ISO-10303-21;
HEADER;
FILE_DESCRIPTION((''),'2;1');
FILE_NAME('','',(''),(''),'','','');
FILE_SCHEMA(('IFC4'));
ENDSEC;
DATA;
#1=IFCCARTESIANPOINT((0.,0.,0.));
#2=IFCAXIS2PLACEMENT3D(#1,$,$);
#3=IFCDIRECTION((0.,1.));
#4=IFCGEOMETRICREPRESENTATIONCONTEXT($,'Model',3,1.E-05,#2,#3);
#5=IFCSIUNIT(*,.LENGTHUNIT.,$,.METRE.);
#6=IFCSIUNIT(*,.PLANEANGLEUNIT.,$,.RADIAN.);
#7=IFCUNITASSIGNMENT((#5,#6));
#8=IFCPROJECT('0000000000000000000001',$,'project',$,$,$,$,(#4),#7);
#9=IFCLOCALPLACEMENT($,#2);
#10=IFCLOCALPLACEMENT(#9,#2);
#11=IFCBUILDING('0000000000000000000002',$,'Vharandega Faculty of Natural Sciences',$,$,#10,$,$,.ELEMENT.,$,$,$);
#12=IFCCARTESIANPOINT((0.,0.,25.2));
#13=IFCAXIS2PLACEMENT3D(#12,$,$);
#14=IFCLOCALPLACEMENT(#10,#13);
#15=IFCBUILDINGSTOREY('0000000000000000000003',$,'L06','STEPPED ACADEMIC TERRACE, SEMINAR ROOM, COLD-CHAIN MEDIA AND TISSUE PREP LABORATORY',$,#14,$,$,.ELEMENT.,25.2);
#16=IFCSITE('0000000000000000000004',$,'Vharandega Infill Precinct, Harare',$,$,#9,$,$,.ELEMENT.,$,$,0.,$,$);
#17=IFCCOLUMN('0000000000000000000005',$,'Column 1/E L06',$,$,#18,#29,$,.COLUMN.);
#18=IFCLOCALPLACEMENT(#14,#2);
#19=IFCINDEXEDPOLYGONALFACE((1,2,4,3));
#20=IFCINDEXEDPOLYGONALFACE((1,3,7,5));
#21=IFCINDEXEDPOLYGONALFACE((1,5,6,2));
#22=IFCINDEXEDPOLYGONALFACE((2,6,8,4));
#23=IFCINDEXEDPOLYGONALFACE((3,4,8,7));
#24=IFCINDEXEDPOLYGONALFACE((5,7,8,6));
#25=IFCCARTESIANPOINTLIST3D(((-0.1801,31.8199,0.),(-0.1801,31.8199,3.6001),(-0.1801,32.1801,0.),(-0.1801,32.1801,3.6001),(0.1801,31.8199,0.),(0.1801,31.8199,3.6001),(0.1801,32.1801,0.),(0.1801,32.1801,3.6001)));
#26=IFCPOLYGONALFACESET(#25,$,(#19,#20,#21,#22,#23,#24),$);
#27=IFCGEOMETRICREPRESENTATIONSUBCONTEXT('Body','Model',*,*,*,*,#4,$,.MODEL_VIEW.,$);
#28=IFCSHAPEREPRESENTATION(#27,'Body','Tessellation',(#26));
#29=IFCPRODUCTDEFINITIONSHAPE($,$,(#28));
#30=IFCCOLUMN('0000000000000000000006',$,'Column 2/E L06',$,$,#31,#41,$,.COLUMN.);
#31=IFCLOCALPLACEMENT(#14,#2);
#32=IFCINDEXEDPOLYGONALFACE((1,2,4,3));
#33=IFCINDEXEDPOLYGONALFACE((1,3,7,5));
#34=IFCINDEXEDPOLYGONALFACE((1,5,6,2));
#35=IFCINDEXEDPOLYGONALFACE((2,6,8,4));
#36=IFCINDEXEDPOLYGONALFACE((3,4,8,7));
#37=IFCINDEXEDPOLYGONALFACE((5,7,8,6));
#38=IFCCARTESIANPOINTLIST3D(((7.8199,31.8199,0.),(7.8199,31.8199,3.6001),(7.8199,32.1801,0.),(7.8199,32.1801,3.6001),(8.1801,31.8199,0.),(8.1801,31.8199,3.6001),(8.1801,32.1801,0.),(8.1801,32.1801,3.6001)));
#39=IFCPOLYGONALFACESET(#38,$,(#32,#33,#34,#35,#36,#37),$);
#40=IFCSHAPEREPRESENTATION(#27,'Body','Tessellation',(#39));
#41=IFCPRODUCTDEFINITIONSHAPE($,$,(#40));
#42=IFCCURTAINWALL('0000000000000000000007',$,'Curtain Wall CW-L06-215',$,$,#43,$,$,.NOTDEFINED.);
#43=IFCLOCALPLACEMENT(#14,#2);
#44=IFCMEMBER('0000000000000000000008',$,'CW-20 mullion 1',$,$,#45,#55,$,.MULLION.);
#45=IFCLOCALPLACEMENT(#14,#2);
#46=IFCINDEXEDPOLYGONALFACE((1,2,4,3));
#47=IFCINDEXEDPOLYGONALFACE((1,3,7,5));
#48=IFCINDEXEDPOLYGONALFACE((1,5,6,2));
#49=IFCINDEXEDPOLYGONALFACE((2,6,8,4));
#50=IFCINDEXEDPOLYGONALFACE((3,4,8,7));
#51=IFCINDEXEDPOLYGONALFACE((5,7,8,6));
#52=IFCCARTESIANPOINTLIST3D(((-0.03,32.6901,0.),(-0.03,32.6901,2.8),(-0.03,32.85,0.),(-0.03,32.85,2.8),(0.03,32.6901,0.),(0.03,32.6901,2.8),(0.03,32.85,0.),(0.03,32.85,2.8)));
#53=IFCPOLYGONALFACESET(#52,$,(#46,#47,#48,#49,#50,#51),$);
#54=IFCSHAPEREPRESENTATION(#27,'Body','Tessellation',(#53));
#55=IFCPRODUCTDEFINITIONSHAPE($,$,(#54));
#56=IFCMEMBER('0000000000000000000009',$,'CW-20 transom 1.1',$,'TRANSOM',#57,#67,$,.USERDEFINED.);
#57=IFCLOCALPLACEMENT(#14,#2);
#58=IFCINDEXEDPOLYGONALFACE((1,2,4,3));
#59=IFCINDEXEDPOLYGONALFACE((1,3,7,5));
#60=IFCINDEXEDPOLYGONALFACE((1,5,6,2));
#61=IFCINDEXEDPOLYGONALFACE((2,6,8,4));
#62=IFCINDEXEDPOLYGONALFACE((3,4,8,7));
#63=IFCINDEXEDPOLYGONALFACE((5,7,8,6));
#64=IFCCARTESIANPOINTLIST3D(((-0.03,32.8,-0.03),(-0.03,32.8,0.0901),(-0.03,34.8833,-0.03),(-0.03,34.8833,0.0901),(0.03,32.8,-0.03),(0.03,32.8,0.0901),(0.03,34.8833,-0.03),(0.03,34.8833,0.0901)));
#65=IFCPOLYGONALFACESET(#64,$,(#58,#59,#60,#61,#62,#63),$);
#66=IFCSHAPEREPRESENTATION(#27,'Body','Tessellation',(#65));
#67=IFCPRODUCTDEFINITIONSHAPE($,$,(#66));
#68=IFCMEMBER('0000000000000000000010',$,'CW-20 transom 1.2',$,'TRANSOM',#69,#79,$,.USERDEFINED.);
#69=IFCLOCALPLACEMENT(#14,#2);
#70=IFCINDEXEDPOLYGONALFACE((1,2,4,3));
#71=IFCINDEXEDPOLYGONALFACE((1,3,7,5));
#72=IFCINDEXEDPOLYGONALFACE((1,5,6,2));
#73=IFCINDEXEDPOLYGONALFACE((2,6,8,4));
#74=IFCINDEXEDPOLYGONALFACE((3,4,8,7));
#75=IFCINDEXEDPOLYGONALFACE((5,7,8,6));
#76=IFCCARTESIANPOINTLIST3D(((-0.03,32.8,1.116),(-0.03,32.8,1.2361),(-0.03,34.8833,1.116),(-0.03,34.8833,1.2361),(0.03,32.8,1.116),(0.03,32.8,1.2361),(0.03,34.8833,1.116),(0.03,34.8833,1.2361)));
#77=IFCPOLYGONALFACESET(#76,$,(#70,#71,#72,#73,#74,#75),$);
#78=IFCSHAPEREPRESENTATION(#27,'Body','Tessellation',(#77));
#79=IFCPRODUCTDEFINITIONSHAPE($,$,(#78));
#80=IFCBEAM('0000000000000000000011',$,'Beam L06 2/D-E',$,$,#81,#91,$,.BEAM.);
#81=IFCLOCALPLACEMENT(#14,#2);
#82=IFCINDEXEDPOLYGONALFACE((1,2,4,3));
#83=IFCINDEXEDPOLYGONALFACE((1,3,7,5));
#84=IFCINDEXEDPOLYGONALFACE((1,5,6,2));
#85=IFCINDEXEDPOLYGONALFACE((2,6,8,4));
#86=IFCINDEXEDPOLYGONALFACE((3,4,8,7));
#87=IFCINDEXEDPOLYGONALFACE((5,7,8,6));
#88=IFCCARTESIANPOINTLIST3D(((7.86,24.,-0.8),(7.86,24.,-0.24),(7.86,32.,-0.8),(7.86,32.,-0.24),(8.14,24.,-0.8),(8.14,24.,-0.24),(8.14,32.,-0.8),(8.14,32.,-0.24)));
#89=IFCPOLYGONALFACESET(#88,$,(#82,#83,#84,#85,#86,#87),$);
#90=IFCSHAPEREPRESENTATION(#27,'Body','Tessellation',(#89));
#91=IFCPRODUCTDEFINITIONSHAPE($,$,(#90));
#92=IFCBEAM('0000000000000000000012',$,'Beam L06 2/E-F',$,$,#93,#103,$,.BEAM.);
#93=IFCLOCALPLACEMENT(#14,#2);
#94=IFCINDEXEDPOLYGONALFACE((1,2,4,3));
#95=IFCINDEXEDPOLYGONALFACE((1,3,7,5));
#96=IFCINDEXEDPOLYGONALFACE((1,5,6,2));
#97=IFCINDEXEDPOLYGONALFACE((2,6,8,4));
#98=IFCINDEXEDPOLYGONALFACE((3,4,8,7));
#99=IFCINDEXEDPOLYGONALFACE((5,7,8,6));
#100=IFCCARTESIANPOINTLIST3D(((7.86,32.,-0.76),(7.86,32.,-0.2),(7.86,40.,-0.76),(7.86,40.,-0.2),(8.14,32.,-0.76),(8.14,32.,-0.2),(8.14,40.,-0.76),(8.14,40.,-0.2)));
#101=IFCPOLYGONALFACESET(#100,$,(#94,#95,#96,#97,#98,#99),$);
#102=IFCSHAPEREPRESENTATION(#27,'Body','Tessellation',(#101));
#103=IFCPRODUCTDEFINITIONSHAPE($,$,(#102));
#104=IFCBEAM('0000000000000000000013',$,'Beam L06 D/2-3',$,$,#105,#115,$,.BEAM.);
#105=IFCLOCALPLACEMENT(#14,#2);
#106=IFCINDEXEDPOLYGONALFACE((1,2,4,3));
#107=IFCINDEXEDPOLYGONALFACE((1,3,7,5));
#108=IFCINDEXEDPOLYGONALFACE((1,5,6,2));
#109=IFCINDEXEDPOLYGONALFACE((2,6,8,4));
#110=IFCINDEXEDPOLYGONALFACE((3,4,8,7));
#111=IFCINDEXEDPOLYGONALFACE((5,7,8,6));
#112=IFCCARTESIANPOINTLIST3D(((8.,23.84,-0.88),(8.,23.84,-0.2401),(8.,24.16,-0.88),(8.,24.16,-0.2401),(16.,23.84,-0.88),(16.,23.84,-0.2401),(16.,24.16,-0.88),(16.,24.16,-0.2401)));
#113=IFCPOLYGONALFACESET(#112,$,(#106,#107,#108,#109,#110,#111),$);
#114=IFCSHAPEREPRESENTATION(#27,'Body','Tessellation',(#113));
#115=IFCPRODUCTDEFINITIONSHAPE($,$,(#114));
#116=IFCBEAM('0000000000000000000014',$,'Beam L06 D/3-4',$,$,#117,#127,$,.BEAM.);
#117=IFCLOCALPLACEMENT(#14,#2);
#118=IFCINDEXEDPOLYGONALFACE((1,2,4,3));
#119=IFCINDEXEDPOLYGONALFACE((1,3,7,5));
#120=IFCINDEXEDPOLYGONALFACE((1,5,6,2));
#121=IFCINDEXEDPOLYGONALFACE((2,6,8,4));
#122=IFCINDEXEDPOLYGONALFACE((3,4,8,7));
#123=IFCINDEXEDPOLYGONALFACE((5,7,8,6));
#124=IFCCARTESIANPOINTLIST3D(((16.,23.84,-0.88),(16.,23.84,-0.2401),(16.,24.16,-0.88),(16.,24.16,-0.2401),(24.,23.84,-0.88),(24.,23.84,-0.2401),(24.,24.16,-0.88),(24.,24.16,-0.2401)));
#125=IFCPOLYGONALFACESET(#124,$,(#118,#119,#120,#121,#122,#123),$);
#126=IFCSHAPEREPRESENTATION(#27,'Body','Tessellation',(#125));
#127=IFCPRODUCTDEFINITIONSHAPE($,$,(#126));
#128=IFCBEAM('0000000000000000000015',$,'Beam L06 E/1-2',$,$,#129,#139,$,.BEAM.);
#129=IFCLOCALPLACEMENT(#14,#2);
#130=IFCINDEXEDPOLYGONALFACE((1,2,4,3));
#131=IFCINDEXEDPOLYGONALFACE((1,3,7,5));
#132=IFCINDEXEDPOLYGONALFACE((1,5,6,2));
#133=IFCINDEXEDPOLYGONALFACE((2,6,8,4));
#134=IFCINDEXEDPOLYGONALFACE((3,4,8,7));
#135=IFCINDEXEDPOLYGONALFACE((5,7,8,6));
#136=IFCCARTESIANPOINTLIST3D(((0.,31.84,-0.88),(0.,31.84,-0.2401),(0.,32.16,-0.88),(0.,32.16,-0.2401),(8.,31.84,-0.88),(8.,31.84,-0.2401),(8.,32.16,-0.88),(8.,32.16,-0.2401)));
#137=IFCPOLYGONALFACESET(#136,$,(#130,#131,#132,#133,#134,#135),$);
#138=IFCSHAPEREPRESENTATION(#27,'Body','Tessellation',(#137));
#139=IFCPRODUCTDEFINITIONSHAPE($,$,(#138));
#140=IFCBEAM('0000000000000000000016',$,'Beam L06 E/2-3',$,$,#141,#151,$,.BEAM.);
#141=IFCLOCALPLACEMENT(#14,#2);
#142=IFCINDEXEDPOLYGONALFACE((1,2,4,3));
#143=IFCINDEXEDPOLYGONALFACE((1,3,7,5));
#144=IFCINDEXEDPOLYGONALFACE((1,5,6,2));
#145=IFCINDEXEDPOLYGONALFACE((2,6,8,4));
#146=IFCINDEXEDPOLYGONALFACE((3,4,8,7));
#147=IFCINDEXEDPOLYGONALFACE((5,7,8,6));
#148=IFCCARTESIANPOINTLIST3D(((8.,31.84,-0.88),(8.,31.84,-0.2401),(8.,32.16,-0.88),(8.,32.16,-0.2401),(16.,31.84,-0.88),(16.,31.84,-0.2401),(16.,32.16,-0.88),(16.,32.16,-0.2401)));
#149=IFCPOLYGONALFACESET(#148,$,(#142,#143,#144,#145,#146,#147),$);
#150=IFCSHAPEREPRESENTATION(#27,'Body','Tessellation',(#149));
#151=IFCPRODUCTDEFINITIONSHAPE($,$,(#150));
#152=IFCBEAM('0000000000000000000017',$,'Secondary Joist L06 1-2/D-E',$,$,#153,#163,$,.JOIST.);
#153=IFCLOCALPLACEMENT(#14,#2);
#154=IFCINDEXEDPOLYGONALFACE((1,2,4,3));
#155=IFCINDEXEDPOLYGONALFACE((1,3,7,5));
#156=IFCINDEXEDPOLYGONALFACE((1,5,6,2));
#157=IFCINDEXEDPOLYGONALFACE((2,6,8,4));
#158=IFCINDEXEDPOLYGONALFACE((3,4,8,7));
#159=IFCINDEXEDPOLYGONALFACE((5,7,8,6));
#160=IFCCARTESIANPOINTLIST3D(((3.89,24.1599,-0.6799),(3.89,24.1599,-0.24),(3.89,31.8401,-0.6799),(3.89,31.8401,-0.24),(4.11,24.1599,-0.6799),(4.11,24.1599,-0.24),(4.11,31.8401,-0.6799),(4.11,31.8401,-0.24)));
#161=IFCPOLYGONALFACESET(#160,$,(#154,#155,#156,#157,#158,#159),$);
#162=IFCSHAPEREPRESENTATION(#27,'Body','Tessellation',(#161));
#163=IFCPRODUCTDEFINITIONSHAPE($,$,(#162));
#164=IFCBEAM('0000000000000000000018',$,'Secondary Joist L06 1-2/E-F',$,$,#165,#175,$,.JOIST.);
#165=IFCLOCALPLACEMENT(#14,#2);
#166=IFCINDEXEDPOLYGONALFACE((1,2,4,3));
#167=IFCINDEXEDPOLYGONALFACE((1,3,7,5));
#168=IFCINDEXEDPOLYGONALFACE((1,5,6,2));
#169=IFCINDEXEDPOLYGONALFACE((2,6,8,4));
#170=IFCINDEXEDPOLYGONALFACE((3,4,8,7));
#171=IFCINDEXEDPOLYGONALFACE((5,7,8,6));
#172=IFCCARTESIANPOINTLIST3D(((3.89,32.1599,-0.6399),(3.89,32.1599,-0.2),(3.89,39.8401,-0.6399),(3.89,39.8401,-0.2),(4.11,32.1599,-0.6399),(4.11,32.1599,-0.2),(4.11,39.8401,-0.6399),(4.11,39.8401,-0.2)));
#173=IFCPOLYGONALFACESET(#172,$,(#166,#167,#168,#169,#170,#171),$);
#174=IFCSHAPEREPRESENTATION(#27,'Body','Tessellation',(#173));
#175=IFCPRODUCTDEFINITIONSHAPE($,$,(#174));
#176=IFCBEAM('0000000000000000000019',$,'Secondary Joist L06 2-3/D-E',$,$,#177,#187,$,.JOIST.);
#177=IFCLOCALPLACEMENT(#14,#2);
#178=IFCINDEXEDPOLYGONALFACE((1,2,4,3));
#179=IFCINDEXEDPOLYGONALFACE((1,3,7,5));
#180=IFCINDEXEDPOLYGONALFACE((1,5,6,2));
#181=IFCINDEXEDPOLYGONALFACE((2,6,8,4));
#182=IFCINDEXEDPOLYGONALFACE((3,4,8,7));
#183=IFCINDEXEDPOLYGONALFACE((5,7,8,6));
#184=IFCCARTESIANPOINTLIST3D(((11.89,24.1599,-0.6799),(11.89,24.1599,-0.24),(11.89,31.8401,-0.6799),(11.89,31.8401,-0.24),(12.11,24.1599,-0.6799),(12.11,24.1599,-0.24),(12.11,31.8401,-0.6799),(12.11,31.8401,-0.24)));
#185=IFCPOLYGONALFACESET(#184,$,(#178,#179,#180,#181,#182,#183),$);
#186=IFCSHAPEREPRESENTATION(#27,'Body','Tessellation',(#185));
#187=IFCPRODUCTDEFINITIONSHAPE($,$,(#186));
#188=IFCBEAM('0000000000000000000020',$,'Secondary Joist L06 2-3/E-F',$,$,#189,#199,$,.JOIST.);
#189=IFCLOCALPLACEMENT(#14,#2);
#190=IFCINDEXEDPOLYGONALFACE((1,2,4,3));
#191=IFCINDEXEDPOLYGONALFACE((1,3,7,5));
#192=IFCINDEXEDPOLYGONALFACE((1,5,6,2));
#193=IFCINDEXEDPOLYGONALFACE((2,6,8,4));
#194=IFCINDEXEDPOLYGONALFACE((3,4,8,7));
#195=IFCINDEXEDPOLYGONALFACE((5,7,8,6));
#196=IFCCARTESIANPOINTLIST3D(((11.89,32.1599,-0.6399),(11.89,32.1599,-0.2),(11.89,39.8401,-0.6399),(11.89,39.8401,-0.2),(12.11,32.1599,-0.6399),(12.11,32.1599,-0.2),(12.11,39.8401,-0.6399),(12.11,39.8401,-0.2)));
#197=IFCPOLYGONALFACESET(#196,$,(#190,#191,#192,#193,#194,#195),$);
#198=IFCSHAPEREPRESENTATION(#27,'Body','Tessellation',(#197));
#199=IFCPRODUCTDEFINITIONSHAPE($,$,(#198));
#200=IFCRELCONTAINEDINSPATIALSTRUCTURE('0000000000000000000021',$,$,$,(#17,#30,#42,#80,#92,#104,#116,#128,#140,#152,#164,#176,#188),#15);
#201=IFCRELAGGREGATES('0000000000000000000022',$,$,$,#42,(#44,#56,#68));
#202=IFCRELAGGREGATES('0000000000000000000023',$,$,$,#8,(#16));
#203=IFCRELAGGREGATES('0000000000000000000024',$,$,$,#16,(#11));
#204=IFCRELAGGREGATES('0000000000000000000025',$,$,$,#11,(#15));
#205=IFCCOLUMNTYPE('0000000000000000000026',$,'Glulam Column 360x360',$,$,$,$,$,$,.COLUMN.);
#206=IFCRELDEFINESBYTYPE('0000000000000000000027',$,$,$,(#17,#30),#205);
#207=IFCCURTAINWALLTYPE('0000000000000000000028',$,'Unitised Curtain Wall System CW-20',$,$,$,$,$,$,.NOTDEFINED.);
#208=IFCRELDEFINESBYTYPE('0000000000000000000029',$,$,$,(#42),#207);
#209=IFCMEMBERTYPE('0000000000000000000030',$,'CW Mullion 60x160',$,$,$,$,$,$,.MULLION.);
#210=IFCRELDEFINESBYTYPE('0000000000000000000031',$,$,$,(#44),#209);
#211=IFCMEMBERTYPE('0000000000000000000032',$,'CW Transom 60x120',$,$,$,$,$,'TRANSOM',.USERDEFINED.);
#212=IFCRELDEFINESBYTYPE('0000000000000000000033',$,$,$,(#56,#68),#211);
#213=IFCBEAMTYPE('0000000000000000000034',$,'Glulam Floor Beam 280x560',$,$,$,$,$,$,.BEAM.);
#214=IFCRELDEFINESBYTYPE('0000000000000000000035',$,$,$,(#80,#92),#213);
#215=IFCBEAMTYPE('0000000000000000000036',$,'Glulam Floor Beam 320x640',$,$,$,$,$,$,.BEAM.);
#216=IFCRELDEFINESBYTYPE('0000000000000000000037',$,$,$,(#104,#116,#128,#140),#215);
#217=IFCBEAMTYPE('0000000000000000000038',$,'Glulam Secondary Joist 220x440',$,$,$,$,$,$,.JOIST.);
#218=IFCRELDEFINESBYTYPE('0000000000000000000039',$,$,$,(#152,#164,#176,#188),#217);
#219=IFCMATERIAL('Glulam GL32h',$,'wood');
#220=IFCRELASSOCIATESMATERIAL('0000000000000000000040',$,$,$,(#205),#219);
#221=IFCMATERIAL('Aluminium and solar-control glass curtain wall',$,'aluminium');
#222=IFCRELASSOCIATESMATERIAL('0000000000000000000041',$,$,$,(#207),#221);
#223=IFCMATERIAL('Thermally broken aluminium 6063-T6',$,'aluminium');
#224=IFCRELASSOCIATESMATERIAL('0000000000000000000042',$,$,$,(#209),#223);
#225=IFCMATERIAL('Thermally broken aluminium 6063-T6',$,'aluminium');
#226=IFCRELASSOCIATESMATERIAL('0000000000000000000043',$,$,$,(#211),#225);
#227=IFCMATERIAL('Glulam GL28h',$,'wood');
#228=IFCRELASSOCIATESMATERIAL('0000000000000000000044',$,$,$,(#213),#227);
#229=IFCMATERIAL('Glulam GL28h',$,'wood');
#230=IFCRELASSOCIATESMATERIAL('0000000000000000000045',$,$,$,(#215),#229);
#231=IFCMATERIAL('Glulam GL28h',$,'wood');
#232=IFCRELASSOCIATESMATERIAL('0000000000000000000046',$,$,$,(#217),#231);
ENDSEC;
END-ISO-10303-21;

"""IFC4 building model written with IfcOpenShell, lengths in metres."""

from ifc_helpers import new_model, si_unit, direction, frame, origin, origin_2d, place, context, subcontext, project, spatial, rectangle, extrude, material, material_profile, profile_set, type_object, element, aggregate, save


model = new_model("IFC4")

# Units and contexts
model_context = context("Model", 3, precision=1e-05, world=origin(), true_north=direction((0.0, 1.0)))
body_context = subcontext(model_context, "Body", "Model", "MODEL_VIEW")
ifc_project = project(units=[si_unit("LENGTHUNIT", "METRE"), si_unit("PLANEANGLEUNIT", "RADIAN")], contexts=[model_context])

# Site, building, storey
site_placement = place(None, origin())
site = spatial("IfcSite", under=ifc_project, at=site_placement, Name="Vharandega Infill Precinct, Harare", CompositionType="ELEMENT", RefElevation=0.0)
building_placement = place(site_placement, origin())
building = spatial("IfcBuilding", under=site, at=building_placement, Name="Vharandega Faculty of Natural Sciences", CompositionType="ELEMENT")
storey_placement = place(building_placement, frame((0.0, 0.0, 25.2)))
storey = spatial("IfcBuildingStorey", under=building, at=storey_placement, Name="L06", Description="STEPPED ACADEMIC TERRACE, SEMINAR ROOM, COLD-CHAIN MEDIA AND TISSUE PREP LABORATORY", CompositionType="ELEMENT", Elevation=25.2)

# Columns
ifc_material_1 = material(Name="Glulam GL32h", Category="wood")
ifc_material_profile_1 = material_profile(ifc_material_1, rectangle(XDim=0.3601, YDim=0.3601, at=origin_2d()), Name="GL32h 360x360")
ifc_profile_set_1 = profile_set([ifc_material_profile_1], Name="Glulam GL32h")
column_type = type_object("IfcColumnType", Name="Glulam Column 360x360", PredefinedType="COLUMN", material=ifc_profile_set_1)
for number, where, z_axis, x_axis, name in (
    (1, (0.0, 32.0, 0.0), (0.0, 0.0, 1.0), (1.0, 0.0, 0.0), "Column 1/E L06"),
    (2, (8.0, 32.0, 0.0), (0.0, 0.0, 1.0), (1.0, 0.0, 0.0), "Column 2/E L06"),
):
    element("IfcColumn", number, at=place(storey_placement, frame(where, z_axis=z_axis, x_axis=x_axis)), inside=storey, type_object=column_type, Name=name, PredefinedType="COLUMN", context=body_context, shape_type="SweptSolid", body=[
        extrude(rectangle(XDim=0.3601, YDim=0.3601, at=origin_2d()), origin(), (0.0, 0.0, 1.0), 3.6001),
    ])

# Curtain wall, members
ifc_material_2 = material(Name="Aluminium and solar-control glass curtain wall", Category="aluminium")
curtain_wall_type = type_object("IfcCurtainWallType", Name="Unitised Curtain Wall System CW-20", PredefinedType="NOTDEFINED", material=ifc_material_2)
curtain_wall_placement = place(storey_placement, origin())
curtain_wall = element("IfcCurtainWall", 3, at=curtain_wall_placement, inside=storey, type_object=curtain_wall_type, Name="Curtain Wall CW-L06-215", PredefinedType="NOTDEFINED")
ifc_material_3 = material(Name="Thermally broken aluminium 6063-T6", Category="aluminium")
ifc_material_profile_2 = material_profile(ifc_material_3, rectangle(XDim=0.0601, YDim=0.1599, at=origin_2d()), Name="ALU 60x160")
ifc_profile_set_2 = profile_set([ifc_material_profile_2], Name="Thermally broken aluminium 6063-T6")
member_type_1 = type_object("IfcMemberType", Name="CW Mullion 60x160", PredefinedType="MULLION", material=ifc_profile_set_2)
member_1_placement = place(storey_placement, frame((0.0, 32.77, 0.0), z_axis=(0.0, 0.0, 1.0), x_axis=(-1.0, 0.0, 0.0)))
member_1 = element("IfcMember", 4, at=member_1_placement, type_object=member_type_1, Name="CW-20 mullion 1", PredefinedType="MULLION", context=body_context, shape_type="SweptSolid", body=[
    extrude(rectangle(XDim=0.0601, YDim=0.1599, at=origin_2d()), origin(), (0.0, 0.0, 1.0), 2.8),
])
ifc_material_4 = material(Name="Thermally broken aluminium 6063-T6", Category="aluminium")
ifc_material_profile_3 = material_profile(ifc_material_4, rectangle(XDim=0.0601, YDim=0.1201, at=origin_2d()), Name="ALU 60x120")
ifc_profile_set_3 = profile_set([ifc_material_profile_3], Name="Thermally broken aluminium 6063-T6")
member_type_2 = type_object("IfcMemberType", Name="CW Transom 60x120", ElementType="TRANSOM", PredefinedType="USERDEFINED", material=ifc_profile_set_3)
member_2_placement = place(storey_placement, frame((0.0, 32.8, 0.03), z_axis=(0.0, 1.0, 0.0), x_axis=(-1.0, 0.0, 0.0)))
member_2 = element("IfcMember", 5, at=member_2_placement, type_object=member_type_2, Name="CW-20 transom 1.1", ObjectType="TRANSOM", PredefinedType="USERDEFINED", context=body_context, shape_type="SweptSolid", body=[
    extrude(rectangle(XDim=0.0601, YDim=0.1201, at=origin_2d()), origin(), (0.0, 0.0, 1.0), 2.0833),
])
member_3_placement = place(storey_placement, frame((0.0, 32.8, 1.176), z_axis=(0.0, 1.0, 0.0), x_axis=(-1.0, 0.0, 0.0)))
member_3 = element("IfcMember", 6, at=member_3_placement, type_object=member_type_2, Name="CW-20 transom 1.2", ObjectType="TRANSOM", PredefinedType="USERDEFINED", context=body_context, shape_type="SweptSolid", body=[
    extrude(rectangle(XDim=0.0601, YDim=0.1201, at=origin_2d()), origin(), (0.0, 0.0, 1.0), 2.0833),
])
aggregate(curtain_wall, [member_1, member_2, member_3])

# Beams
ifc_material_5 = material(Name="Glulam GL28h", Category="wood")
ifc_material_profile_4 = material_profile(ifc_material_5, rectangle(XDim=0.28, YDim=0.5601, at=origin_2d()), Name="GL28h 280x560")
ifc_profile_set_4 = profile_set([ifc_material_profile_4], Name="Glulam GL28h")
beam_type_1 = type_object("IfcBeamType", Name="Glulam Floor Beam 280x560", PredefinedType="BEAM", material=ifc_profile_set_4)
for number, where, z_axis, x_axis, name in (
    (7, (8.0, 24.0, -0.52), (0.0, 1.0, 0.0), (-1.0, 0.0, 0.0), "Beam L06 2/D-E"),
    (8, (8.0, 32.0, -0.48), (0.0, 1.0, 0.0), (-1.0, 0.0, 0.0), "Beam L06 2/E-F"),
):
    element("IfcBeam", number, at=place(storey_placement, frame(where, z_axis=z_axis, x_axis=x_axis)), inside=storey, type_object=beam_type_1, Name=name, PredefinedType="BEAM", context=body_context, shape_type="SweptSolid", body=[
        extrude(rectangle(XDim=0.28, YDim=0.5601, at=origin_2d()), origin(), (0.0, 0.0, 1.0), 8.0),
    ])
ifc_material_6 = material(Name="Glulam GL28h", Category="wood")
ifc_material_profile_5 = material_profile(ifc_material_6, rectangle(XDim=0.3201, YDim=0.6399, at=origin_2d()), Name="GL28h 320x640")
ifc_profile_set_5 = profile_set([ifc_material_profile_5], Name="Glulam GL28h")
beam_type_2 = type_object("IfcBeamType", Name="Glulam Floor Beam 320x640", PredefinedType="BEAM", material=ifc_profile_set_5)
for number, where, z_axis, x_axis, name in (
    (9, (8.0, 24.0, -0.5601), (1.0, 0.0, 0.0), (0.0, 1.0, 0.0), "Beam L06 D/2-3"),
    (10, (16.0, 24.0, -0.5601), (1.0, 0.0, 0.0), (0.0, 1.0, 0.0), "Beam L06 D/3-4"),
    (11, (0.0, 32.0, -0.5601), (1.0, 0.0, 0.0), (0.0, 1.0, 0.0), "Beam L06 E/1-2"),
    (12, (8.0, 32.0, -0.5601), (1.0, 0.0, 0.0), (0.0, 1.0, 0.0), "Beam L06 E/2-3"),
):
    element("IfcBeam", number, at=place(storey_placement, frame(where, z_axis=z_axis, x_axis=x_axis)), inside=storey, type_object=beam_type_2, Name=name, PredefinedType="BEAM", context=body_context, shape_type="SweptSolid", body=[
        extrude(rectangle(XDim=0.3201, YDim=0.6399, at=origin_2d()), origin(), (0.0, 0.0, 1.0), 8.0),
    ])
ifc_material_7 = material(Name="Glulam GL28h", Category="wood")
ifc_material_profile_6 = material_profile(ifc_material_7, rectangle(XDim=0.22, YDim=0.4399, at=origin_2d()), Name="GL28h 220x440")
ifc_profile_set_6 = profile_set([ifc_material_profile_6], Name="Glulam GL28h")
beam_type_3 = type_object("IfcBeamType", Name="Glulam Secondary Joist 220x440", PredefinedType="JOIST", material=ifc_profile_set_6)
for number, where, z_axis, x_axis, name in (
    (13, (4.0, 24.1599, -0.46), (0.0, 1.0, 0.0), (-1.0, 0.0, 0.0), "Secondary Joist L06 1-2/D-E"),
    (14, (4.0, 32.1599, -0.4199), (0.0, 1.0, 0.0), (-1.0, 0.0, 0.0), "Secondary Joist L06 1-2/E-F"),
    (15, (12.0, 24.1599, -0.46), (0.0, 1.0, 0.0), (-1.0, 0.0, 0.0), "Secondary Joist L06 2-3/D-E"),
    (16, (12.0, 32.1599, -0.4199), (0.0, 1.0, 0.0), (-1.0, 0.0, 0.0), "Secondary Joist L06 2-3/E-F"),
):
    element("IfcBeam", number, at=place(storey_placement, frame(where, z_axis=z_axis, x_axis=x_axis)), inside=storey, type_object=beam_type_3, Name=name, PredefinedType="JOIST", context=body_context, shape_type="SweptSolid", body=[
        extrude(rectangle(XDim=0.22, YDim=0.4399, at=origin_2d()), origin(), (0.0, 0.0, 1.0), 7.6802),
    ])

save(model, "model.ifc")
